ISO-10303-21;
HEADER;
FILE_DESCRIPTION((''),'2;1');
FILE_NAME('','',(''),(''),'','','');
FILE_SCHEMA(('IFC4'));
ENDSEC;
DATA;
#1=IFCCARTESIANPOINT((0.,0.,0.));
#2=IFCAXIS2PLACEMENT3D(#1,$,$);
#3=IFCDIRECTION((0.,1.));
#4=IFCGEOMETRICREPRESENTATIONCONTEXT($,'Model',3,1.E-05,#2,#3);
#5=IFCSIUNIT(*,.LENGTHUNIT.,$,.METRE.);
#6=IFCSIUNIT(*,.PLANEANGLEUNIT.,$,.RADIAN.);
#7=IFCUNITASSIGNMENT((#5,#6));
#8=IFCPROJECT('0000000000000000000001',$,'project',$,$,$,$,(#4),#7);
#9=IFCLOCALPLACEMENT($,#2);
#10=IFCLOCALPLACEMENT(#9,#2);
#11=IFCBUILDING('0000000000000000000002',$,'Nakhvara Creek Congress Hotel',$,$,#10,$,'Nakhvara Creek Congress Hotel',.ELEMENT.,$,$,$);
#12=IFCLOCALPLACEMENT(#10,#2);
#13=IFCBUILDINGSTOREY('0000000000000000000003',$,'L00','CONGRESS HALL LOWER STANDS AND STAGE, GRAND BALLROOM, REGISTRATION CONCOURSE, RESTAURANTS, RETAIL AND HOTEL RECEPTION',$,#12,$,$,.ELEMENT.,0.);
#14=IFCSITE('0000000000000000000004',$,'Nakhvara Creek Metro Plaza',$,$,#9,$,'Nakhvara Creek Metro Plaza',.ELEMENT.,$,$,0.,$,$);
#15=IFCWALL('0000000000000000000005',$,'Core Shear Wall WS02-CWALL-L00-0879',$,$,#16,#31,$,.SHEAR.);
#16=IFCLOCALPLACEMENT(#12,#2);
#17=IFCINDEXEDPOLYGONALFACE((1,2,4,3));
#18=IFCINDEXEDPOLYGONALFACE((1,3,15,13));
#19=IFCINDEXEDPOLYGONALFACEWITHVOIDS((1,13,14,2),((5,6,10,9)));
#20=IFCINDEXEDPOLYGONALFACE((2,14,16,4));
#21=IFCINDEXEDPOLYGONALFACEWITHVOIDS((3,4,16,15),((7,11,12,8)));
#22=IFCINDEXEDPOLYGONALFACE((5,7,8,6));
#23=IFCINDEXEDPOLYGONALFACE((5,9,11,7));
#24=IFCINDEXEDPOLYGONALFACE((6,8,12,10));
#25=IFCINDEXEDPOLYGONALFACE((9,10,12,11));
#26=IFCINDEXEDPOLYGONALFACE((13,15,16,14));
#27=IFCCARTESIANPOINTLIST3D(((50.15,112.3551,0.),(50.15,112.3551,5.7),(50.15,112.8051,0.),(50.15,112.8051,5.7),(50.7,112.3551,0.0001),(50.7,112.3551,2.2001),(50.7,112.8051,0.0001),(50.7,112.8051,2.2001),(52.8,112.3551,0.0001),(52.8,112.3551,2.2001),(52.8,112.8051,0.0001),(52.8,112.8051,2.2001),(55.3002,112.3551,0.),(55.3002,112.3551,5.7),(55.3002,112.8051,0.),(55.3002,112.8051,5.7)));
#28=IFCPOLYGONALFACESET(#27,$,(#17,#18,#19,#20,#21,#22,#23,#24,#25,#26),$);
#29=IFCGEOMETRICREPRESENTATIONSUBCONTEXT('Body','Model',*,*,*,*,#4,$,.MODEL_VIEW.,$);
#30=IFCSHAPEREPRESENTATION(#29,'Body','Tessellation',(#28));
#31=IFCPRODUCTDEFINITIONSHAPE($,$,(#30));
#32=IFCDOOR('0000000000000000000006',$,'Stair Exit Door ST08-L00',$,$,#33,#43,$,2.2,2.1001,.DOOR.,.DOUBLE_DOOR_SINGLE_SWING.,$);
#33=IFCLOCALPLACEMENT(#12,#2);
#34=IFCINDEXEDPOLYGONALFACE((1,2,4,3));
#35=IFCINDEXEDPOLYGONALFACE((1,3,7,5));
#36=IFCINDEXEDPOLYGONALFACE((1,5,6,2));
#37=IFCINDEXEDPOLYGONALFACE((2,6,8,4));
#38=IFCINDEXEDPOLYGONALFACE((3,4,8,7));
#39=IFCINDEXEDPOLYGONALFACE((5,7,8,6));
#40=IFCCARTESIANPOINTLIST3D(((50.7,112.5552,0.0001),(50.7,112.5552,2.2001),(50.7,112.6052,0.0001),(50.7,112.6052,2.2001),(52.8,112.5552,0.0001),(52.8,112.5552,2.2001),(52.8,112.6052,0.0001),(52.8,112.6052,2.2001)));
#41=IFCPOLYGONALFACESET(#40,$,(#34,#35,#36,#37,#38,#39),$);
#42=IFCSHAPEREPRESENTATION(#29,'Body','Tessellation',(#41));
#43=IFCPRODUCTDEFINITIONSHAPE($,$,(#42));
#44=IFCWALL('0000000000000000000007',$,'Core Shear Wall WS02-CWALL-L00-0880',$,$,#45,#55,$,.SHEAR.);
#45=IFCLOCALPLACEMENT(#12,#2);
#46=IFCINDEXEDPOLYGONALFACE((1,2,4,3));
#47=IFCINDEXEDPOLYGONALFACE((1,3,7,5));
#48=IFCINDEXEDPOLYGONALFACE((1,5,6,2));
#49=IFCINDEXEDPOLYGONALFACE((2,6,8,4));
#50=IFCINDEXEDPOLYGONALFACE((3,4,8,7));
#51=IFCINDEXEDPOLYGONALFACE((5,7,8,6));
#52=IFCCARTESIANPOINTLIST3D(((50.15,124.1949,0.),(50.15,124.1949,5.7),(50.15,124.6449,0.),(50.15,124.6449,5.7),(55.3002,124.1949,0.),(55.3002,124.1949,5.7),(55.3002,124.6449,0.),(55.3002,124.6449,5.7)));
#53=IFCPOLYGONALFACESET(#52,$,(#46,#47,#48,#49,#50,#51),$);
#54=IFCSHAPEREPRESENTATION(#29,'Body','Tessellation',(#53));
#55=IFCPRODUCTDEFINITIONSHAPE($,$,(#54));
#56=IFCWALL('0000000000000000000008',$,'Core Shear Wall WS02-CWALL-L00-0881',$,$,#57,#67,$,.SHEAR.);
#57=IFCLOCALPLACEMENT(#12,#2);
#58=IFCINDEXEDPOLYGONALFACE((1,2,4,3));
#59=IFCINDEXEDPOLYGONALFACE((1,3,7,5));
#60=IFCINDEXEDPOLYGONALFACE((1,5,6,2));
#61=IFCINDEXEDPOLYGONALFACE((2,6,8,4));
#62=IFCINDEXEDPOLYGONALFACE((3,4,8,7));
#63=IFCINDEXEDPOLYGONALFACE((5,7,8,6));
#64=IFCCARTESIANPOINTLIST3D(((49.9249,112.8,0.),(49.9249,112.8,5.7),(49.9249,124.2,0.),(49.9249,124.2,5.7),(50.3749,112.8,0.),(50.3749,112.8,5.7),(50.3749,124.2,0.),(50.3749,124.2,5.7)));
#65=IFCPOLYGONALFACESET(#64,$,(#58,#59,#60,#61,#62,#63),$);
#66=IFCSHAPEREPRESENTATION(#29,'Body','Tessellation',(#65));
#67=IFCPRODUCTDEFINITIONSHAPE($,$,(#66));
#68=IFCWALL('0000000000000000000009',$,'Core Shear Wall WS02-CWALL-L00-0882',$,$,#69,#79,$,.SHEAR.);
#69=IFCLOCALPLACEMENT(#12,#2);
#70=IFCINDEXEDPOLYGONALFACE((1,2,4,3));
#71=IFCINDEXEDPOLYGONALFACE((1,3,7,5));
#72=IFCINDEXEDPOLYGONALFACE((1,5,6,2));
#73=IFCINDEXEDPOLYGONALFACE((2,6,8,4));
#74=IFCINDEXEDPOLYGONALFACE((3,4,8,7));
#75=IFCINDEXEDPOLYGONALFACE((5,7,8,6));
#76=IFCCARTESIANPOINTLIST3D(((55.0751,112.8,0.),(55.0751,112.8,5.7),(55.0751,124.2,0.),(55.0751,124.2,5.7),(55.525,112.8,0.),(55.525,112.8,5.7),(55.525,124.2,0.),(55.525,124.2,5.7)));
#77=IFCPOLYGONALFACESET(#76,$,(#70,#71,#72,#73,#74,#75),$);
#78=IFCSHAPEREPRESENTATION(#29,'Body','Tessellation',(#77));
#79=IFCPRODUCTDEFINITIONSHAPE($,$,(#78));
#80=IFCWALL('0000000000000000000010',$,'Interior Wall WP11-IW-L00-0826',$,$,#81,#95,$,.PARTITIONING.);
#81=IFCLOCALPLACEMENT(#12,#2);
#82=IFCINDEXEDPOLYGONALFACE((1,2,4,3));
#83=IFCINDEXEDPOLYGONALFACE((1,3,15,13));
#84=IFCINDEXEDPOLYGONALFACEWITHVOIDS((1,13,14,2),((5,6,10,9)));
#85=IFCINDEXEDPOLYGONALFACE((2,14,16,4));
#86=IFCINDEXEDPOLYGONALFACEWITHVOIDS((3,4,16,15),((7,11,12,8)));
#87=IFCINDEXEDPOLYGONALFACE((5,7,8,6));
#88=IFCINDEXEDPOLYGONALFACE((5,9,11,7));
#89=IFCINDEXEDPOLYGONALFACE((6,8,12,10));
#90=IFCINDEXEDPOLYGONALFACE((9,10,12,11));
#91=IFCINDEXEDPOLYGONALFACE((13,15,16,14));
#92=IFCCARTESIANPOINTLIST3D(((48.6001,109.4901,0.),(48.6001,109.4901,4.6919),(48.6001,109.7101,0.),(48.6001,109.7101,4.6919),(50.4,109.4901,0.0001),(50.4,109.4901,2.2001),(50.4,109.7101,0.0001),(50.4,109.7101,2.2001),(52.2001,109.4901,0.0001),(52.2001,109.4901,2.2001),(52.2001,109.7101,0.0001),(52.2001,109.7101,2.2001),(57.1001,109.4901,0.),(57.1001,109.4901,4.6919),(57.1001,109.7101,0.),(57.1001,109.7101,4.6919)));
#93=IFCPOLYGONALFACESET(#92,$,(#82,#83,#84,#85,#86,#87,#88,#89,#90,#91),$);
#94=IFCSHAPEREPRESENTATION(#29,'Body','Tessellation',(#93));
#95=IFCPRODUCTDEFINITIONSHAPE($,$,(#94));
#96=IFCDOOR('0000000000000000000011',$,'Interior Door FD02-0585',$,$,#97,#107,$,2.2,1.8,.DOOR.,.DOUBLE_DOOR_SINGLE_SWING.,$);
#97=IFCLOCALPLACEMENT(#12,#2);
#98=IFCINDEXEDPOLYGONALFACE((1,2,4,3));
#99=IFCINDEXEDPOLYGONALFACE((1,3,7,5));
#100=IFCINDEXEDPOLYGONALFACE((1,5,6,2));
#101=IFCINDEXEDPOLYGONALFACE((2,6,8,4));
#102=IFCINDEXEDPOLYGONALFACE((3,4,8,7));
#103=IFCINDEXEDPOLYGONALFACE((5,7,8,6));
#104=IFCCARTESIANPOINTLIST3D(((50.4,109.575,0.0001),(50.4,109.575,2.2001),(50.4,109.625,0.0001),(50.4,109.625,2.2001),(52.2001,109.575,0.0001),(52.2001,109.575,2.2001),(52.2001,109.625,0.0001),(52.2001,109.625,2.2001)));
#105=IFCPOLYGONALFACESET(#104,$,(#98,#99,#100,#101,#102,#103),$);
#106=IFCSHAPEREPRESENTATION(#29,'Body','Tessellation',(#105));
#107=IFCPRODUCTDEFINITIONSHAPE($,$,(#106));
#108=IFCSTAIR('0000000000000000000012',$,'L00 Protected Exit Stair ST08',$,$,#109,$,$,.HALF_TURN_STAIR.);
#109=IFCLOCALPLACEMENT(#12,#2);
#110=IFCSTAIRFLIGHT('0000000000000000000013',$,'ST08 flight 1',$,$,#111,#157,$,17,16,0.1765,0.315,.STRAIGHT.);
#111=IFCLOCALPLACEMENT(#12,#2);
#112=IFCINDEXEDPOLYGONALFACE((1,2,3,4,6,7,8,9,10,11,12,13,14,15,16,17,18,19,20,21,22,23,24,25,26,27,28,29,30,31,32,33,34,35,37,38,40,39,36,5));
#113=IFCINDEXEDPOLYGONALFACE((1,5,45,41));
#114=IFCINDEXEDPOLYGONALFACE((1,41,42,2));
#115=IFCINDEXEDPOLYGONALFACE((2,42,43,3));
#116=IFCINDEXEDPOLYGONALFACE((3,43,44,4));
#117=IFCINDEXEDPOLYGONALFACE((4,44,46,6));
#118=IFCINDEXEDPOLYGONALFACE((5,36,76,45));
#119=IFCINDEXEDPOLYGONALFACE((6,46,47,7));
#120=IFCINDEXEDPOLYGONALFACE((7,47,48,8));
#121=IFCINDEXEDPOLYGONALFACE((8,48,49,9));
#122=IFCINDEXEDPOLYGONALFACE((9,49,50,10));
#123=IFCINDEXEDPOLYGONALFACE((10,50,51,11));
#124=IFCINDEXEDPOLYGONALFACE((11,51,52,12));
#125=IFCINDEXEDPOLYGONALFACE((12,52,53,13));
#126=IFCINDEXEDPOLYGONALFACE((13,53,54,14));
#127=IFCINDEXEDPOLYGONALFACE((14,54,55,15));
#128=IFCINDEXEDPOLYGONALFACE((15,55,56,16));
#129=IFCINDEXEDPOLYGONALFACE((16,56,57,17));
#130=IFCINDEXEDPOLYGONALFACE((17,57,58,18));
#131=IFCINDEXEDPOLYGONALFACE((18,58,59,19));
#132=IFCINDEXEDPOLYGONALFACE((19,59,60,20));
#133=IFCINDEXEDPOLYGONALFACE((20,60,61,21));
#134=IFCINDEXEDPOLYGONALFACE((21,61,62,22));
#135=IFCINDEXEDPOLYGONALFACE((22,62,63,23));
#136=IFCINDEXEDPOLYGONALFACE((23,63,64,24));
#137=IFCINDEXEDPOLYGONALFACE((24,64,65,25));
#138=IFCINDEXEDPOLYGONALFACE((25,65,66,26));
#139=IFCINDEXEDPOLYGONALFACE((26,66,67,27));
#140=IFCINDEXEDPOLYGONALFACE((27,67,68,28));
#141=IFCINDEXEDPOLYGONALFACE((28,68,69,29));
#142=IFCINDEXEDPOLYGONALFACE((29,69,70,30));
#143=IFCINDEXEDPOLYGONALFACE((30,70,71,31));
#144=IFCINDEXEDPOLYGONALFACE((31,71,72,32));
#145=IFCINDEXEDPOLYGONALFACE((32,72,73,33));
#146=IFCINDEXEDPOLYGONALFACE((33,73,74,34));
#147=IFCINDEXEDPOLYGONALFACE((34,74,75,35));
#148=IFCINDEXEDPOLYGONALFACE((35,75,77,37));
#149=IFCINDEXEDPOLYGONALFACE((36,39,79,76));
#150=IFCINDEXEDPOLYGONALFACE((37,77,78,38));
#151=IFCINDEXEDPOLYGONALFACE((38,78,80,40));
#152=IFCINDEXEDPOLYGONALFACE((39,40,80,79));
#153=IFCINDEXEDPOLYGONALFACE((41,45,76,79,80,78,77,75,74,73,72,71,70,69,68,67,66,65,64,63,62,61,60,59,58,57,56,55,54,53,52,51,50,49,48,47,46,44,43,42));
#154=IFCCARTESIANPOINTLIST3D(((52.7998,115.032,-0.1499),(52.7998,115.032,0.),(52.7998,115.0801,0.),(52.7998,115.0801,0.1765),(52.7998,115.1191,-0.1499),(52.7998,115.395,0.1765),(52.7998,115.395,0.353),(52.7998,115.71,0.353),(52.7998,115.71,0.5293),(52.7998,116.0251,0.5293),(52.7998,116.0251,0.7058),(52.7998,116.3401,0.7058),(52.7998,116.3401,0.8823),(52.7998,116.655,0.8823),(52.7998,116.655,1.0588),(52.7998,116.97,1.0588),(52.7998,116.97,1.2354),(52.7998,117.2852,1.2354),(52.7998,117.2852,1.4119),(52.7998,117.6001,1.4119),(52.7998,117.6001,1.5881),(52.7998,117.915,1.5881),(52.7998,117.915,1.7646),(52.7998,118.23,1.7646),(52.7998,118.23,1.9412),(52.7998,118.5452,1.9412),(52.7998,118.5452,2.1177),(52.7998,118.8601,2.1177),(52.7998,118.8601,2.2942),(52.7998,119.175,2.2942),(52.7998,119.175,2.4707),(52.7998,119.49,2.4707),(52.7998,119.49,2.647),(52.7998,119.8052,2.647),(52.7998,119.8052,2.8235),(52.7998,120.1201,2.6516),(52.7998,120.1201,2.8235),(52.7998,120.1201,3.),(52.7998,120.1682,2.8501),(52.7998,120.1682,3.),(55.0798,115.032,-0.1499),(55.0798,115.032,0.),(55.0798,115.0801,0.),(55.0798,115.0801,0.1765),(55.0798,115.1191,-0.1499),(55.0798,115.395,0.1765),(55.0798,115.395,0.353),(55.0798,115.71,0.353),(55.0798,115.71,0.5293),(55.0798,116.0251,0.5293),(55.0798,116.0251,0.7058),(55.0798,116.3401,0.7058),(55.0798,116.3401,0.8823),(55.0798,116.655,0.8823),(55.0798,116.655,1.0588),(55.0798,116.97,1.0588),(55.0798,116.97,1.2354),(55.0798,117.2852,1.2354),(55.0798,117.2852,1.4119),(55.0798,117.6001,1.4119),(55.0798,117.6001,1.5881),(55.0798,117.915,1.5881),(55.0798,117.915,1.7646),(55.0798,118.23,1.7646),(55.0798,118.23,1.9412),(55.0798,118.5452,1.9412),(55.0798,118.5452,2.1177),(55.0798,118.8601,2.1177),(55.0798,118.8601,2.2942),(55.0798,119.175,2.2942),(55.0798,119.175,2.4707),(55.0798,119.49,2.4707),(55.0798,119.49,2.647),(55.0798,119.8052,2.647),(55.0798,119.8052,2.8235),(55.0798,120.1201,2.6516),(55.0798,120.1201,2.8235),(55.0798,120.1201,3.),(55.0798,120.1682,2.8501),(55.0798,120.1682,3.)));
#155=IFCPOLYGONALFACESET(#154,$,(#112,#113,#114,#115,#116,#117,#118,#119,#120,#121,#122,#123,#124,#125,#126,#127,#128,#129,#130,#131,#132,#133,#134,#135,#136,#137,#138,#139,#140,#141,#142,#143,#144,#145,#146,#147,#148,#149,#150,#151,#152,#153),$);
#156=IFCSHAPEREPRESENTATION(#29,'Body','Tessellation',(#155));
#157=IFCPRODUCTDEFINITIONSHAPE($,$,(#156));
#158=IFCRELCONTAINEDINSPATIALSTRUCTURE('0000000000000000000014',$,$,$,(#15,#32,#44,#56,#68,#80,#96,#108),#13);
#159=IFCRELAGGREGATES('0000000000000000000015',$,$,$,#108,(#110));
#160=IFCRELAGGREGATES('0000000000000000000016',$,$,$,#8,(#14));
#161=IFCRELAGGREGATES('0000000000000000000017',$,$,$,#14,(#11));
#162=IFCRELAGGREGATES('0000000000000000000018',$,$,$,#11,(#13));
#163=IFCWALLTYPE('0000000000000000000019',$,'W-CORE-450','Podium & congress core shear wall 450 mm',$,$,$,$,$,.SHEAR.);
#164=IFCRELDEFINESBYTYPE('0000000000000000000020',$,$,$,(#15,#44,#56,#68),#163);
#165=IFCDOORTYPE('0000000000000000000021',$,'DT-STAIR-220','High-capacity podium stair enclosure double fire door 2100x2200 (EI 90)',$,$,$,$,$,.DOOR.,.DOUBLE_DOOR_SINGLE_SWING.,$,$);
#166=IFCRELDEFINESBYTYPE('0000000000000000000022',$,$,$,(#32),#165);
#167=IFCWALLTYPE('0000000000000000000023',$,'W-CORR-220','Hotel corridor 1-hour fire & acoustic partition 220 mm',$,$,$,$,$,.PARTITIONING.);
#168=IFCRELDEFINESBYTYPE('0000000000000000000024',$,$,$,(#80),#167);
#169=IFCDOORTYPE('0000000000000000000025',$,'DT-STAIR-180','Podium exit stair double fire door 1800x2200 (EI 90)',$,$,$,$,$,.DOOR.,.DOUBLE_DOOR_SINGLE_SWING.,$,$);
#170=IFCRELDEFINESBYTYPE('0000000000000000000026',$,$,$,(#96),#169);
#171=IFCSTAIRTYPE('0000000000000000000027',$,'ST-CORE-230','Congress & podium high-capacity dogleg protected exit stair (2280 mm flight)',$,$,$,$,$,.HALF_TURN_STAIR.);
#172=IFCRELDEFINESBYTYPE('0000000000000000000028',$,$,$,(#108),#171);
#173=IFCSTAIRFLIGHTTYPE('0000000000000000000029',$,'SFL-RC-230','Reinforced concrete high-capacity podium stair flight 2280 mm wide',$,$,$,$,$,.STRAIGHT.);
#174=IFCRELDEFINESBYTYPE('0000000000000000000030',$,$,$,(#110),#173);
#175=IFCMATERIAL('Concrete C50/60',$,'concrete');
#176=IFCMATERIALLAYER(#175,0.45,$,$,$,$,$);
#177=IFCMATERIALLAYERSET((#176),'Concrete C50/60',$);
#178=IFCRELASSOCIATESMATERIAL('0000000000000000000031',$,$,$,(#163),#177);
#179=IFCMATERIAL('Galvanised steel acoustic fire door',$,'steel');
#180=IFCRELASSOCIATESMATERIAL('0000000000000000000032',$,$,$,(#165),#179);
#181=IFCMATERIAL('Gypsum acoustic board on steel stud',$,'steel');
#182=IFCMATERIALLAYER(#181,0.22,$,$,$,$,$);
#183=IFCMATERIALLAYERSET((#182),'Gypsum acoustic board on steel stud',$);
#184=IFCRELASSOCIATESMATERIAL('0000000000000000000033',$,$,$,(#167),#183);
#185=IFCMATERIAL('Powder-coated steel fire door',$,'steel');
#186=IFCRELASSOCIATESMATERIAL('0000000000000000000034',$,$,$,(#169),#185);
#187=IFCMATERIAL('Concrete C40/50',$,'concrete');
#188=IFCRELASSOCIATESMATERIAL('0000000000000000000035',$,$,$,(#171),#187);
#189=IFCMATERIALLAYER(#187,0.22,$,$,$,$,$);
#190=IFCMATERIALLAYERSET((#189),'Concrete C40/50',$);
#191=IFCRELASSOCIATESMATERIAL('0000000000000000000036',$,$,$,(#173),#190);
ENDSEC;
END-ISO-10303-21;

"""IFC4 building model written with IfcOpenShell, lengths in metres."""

from ifc_helpers import new_model, si_unit, direction, frame, frame_2d, origin, place, context, subcontext, project, spatial, polyline, rectangle, outline, extrude, material, layer, layer_set, type_object, element, fill, aggregate, save


model = new_model("IFC4")

# Units and contexts
model_context = context("Model", 3, precision=1e-05, world=origin(), true_north=direction((0.0, 1.0)))
body_context = subcontext(model_context, "Body", "Model", "MODEL_VIEW")
ifc_project = project(units=[si_unit("LENGTHUNIT", "METRE"), si_unit("PLANEANGLEUNIT", "RADIAN")], contexts=[model_context])

# Site, building, storey
site_placement = place(None, origin())
site = spatial("IfcSite", under=ifc_project, at=site_placement, Name="Nakhvara Creek Metro Plaza", LongName="Nakhvara Creek Metro Plaza", CompositionType="ELEMENT", RefElevation=0.0)
building_placement = place(site_placement, origin())
building = spatial("IfcBuilding", under=site, at=building_placement, Name="Nakhvara Creek Congress Hotel", LongName="Nakhvara Creek Congress Hotel", CompositionType="ELEMENT")
storey_placement = place(building_placement, origin())
storey = spatial("IfcBuildingStorey", under=building, at=storey_placement, Name="L00", Description="CONGRESS HALL LOWER STANDS AND STAGE, GRAND BALLROOM, REGISTRATION CONCOURSE, RESTAURANTS, RETAIL AND HOTEL RECEPTION", CompositionType="ELEMENT", Elevation=0.0)

# Shared definitions
ifc_material_1 = material(Name="Concrete C50/60", Category="concrete")

# Wall, opening, door
ifc_layer_1 = layer(ifc_material_1, 0.45)
ifc_layer_set_1 = layer_set([ifc_layer_1], Name="Concrete C50/60")
wall_type_1 = type_object("IfcWallType", Name="W-CORE-450", Description="Podium & congress core shear wall 450 mm", PredefinedType="SHEAR", material=ifc_layer_set_1)
wall_1_placement = place(storey_placement, frame((50.1499, 112.5801, 0.0), z_axis=(0.0, 0.0, 1.0), x_axis=(1.0, 0.0, 0.0)))
wall_1 = element("IfcWall", 1, at=wall_1_placement, inside=storey, type_object=wall_type_1, Name="Core Shear Wall WS02-CWALL-L00-0879", PredefinedType="SHEAR", context=body_context, shape_type="SweptSolid", body=[
    extrude(rectangle(XDim=5.1501, YDim=0.45, at=frame_2d((2.5752, 0.0))), origin(), (0.0, 0.0, 1.0), 5.7),
])
opening_1_placement = place(wall_1_placement, frame((0.55, 0.0, 0.0)))
opening_1 = element("IfcOpeningElement", 2, at=opening_1_placement, cuts=wall_1, PredefinedType="OPENING", context=body_context, shape_type="SweptSolid", body=[
    extrude(rectangle(XDim=2.1001, YDim=2.2, at=frame_2d((1.05, 1.1001))), frame((0.0, 0.2368, 0.0), z_axis=(0.0, -1.0, 0.0), x_axis=(1.0, 0.0, 0.0)), (0.0, 0.0, 1.0), 0.4739),
])
ifc_material_2 = material(Name="Galvanised steel acoustic fire door", Category="steel")
door_type_1 = type_object("IfcDoorType", Name="DT-STAIR-220", Description="High-capacity podium stair enclosure double fire door 2100x2200 (EI 90)", OperationType="DOUBLE_DOOR_SINGLE_SWING", PredefinedType="DOOR", material=ifc_material_2)
door_1_placement = place(opening_1_placement, frame((2.1001, 0.0, 0.0), z_axis=(0.0, 0.0, 1.0), x_axis=(-1.0, 0.0, 0.0)))
door_1 = element("IfcDoor", 3, at=door_1_placement, inside=storey, type_object=door_type_1, Name="Stair Exit Door ST08-L00", OperationType="DOUBLE_DOOR_SINGLE_SWING", OverallHeight=2.2, OverallWidth=2.1001, PredefinedType="DOOR", context=body_context, shape_type="SweptSolid", body=[
    extrude(rectangle(XDim=2.1001, YDim=2.2, at=frame_2d((1.05, 1.1001))), frame((0.0, 0.0249, 0.0), z_axis=(0.0, -1.0, 0.0), x_axis=(1.0, 0.0, 0.0)), (0.0, 0.0, 1.0), 0.05),
])
fill(opening_1, door_1)

# Walls
wall_2_placement = place(storey_placement, frame((50.1499, 124.4199, 0.0), z_axis=(0.0, 0.0, 1.0), x_axis=(1.0, 0.0, 0.0)))
element("IfcWall", 4, at=wall_2_placement, inside=storey, type_object=wall_type_1, Name="Core Shear Wall WS02-CWALL-L00-0880", PredefinedType="SHEAR", context=body_context, shape_type="SweptSolid", body=[
    extrude(rectangle(XDim=5.1501, YDim=0.45, at=frame_2d((2.5752, 0.0))), origin(), (0.0, 0.0, 1.0), 5.7),
])
for number, where, z_axis, x_axis, name in (
    (5, (50.1499, 112.8, 0.0), (0.0, 0.0, 1.0), (0.0, 1.0, 0.0), "Core Shear Wall WS02-CWALL-L00-0881"),
    (6, (55.3, 112.8, 0.0), (0.0, 0.0, 1.0), (0.0, 1.0, 0.0), "Core Shear Wall WS02-CWALL-L00-0882"),
):
    element("IfcWall", number, at=place(storey_placement, frame(where, z_axis=z_axis, x_axis=x_axis)), inside=storey, type_object=wall_type_1, Name=name, PredefinedType="SHEAR", context=body_context, shape_type="SweptSolid", body=[
        extrude(rectangle(XDim=11.3999, YDim=0.45, at=frame_2d((5.7, 0.0))), origin(), (0.0, 0.0, 1.0), 5.7),
    ])

# Wall, opening, door
ifc_material_3 = material(Name="Gypsum acoustic board on steel stud", Category="steel")
ifc_layer_2 = layer(ifc_material_3, 0.22)
ifc_layer_set_2 = layer_set([ifc_layer_2], Name="Gypsum acoustic board on steel stud")
wall_type_2 = type_object("IfcWallType", Name="W-CORR-220", Description="Hotel corridor 1-hour fire & acoustic partition 220 mm", PredefinedType="PARTITIONING", material=ifc_layer_set_2)
wall_3_placement = place(storey_placement, frame((48.6001, 109.6001, 0.0), z_axis=(0.0, 0.0, 1.0), x_axis=(1.0, 0.0, 0.0)))
wall_3 = element("IfcWall", 7, at=wall_3_placement, inside=storey, type_object=wall_type_2, Name="Interior Wall WP11-IW-L00-0826", PredefinedType="PARTITIONING", context=body_context, shape_type="SweptSolid", body=[
    extrude(rectangle(XDim=8.5, YDim=0.22, at=frame_2d((4.25, 0.0))), origin(), (0.0, 0.0, 1.0), 4.6919),
])
opening_2_placement = place(wall_3_placement, frame((1.8, 0.0, 0.0)))
opening_2 = element("IfcOpeningElement", 8, at=opening_2_placement, cuts=wall_3, PredefinedType="OPENING", context=body_context, shape_type="SweptSolid", body=[
    extrude(rectangle(XDim=1.8, YDim=2.2, at=frame_2d((0.8999, 1.1001))), frame((0.0, 0.1221, 0.0), z_axis=(0.0, -1.0, 0.0), x_axis=(1.0, 0.0, 0.0)), (0.0, 0.0, 1.0), 0.2439),
])
ifc_material_4 = material(Name="Powder-coated steel fire door", Category="steel")
door_type_2 = type_object("IfcDoorType", Name="DT-STAIR-180", Description="Podium exit stair double fire door 1800x2200 (EI 90)", OperationType="DOUBLE_DOOR_SINGLE_SWING", PredefinedType="DOOR", material=ifc_material_4)
door_2_placement = place(opening_2_placement, origin())
door_2 = element("IfcDoor", 9, at=door_2_placement, inside=storey, type_object=door_type_2, Name="Interior Door FD02-0585", OperationType="DOUBLE_DOOR_SINGLE_SWING", OverallHeight=2.2, OverallWidth=1.8, PredefinedType="DOOR", context=body_context, shape_type="SweptSolid", body=[
    extrude(rectangle(XDim=1.8, YDim=2.2, at=frame_2d((0.8999, 1.1001))), frame((0.0, 0.0249, 0.0), z_axis=(0.0, -1.0, 0.0), x_axis=(1.0, 0.0, 0.0)), (0.0, 0.0, 1.0), 0.05),
])
fill(opening_2, door_2)

# Stair, stair flight
ifc_material_5 = material(Name="Concrete C40/50", Category="concrete")
stair_type = type_object("IfcStairType", Name="ST-CORE-230", Description="Congress & podium high-capacity dogleg protected exit stair (2280 mm flight)", PredefinedType="HALF_TURN_STAIR", material=ifc_material_5)
stair_placement = place(storey_placement, origin())
stair = element("IfcStair", 10, at=stair_placement, inside=storey, type_object=stair_type, Name="L00 Protected Exit Stair ST08", PredefinedType="HALF_TURN_STAIR")
ifc_layer_3 = layer(ifc_material_5, 0.22)
ifc_layer_set_3 = layer_set([ifc_layer_3], Name="Concrete C40/50")
stair_flight_type = type_object("IfcStairFlightType", Name="SFL-RC-230", Description="Reinforced concrete high-capacity podium stair flight 2280 mm wide", PredefinedType="STRAIGHT", material=ifc_layer_set_3)
stair_flight_1_placement = place(storey_placement, frame((53.9399, 115.0801, 0.0), z_axis=(0.0, 0.0, 1.0), x_axis=(0.0, 1.0, 0.0)))
stair_flight_1 = element("IfcStairFlight", 11, at=stair_flight_1_placement, type_object=stair_flight_type, Name="ST08 flight 1", NumberOfRisers=17, NumberOfTreads=16, PredefinedType="STRAIGHT", RiserHeight=0.1765, TreadLength=0.315, context=body_context, shape_type="SweptSolid", body=[
    extrude(outline(polyline([(-0.0481, 0.0), (0.0, 0.0), (0.0, 0.1765), (0.3149, 0.1765), (0.3149, 0.353), (0.6299, 0.353), (0.6299, 0.5293), (0.9451, 0.5293), (0.9451, 0.7058), (1.26, 0.7058), (1.26, 0.8823), (1.575, 0.8823), (1.575, 1.0588), (1.8899, 1.0588), (1.8899, 1.2354), (2.2051, 1.2354), (2.2051, 1.4119), (2.52, 1.4119), (2.52, 1.5881), (2.835, 1.5881), (2.835, 1.7646), (3.1499, 1.7646), (3.1499, 1.9412), (3.4651, 1.9412), (3.4651, 2.1177), (3.78, 2.1177), (3.78, 2.2942), (4.095, 2.2942), (4.095, 2.4707), (4.4099, 2.4707), (4.4099, 2.647), (4.7251, 2.647), (4.7251, 2.8235), (5.04, 2.8235), (5.04, 3.0), (5.0881, 3.0), (5.0881, 2.8501), (5.04, 2.6516), (0.0391, -0.1499), (-0.0481, -0.1499), (-0.0481, 0.0)])), frame((0.0, 1.1401, 0.0), z_axis=(0.0, -1.0, 0.0), x_axis=(1.0, 0.0, 0.0)), (0.0, 0.0, 1.0), 2.28),
])
aggregate(stair, [stair_flight_1])

save(model, "model.ifc")
